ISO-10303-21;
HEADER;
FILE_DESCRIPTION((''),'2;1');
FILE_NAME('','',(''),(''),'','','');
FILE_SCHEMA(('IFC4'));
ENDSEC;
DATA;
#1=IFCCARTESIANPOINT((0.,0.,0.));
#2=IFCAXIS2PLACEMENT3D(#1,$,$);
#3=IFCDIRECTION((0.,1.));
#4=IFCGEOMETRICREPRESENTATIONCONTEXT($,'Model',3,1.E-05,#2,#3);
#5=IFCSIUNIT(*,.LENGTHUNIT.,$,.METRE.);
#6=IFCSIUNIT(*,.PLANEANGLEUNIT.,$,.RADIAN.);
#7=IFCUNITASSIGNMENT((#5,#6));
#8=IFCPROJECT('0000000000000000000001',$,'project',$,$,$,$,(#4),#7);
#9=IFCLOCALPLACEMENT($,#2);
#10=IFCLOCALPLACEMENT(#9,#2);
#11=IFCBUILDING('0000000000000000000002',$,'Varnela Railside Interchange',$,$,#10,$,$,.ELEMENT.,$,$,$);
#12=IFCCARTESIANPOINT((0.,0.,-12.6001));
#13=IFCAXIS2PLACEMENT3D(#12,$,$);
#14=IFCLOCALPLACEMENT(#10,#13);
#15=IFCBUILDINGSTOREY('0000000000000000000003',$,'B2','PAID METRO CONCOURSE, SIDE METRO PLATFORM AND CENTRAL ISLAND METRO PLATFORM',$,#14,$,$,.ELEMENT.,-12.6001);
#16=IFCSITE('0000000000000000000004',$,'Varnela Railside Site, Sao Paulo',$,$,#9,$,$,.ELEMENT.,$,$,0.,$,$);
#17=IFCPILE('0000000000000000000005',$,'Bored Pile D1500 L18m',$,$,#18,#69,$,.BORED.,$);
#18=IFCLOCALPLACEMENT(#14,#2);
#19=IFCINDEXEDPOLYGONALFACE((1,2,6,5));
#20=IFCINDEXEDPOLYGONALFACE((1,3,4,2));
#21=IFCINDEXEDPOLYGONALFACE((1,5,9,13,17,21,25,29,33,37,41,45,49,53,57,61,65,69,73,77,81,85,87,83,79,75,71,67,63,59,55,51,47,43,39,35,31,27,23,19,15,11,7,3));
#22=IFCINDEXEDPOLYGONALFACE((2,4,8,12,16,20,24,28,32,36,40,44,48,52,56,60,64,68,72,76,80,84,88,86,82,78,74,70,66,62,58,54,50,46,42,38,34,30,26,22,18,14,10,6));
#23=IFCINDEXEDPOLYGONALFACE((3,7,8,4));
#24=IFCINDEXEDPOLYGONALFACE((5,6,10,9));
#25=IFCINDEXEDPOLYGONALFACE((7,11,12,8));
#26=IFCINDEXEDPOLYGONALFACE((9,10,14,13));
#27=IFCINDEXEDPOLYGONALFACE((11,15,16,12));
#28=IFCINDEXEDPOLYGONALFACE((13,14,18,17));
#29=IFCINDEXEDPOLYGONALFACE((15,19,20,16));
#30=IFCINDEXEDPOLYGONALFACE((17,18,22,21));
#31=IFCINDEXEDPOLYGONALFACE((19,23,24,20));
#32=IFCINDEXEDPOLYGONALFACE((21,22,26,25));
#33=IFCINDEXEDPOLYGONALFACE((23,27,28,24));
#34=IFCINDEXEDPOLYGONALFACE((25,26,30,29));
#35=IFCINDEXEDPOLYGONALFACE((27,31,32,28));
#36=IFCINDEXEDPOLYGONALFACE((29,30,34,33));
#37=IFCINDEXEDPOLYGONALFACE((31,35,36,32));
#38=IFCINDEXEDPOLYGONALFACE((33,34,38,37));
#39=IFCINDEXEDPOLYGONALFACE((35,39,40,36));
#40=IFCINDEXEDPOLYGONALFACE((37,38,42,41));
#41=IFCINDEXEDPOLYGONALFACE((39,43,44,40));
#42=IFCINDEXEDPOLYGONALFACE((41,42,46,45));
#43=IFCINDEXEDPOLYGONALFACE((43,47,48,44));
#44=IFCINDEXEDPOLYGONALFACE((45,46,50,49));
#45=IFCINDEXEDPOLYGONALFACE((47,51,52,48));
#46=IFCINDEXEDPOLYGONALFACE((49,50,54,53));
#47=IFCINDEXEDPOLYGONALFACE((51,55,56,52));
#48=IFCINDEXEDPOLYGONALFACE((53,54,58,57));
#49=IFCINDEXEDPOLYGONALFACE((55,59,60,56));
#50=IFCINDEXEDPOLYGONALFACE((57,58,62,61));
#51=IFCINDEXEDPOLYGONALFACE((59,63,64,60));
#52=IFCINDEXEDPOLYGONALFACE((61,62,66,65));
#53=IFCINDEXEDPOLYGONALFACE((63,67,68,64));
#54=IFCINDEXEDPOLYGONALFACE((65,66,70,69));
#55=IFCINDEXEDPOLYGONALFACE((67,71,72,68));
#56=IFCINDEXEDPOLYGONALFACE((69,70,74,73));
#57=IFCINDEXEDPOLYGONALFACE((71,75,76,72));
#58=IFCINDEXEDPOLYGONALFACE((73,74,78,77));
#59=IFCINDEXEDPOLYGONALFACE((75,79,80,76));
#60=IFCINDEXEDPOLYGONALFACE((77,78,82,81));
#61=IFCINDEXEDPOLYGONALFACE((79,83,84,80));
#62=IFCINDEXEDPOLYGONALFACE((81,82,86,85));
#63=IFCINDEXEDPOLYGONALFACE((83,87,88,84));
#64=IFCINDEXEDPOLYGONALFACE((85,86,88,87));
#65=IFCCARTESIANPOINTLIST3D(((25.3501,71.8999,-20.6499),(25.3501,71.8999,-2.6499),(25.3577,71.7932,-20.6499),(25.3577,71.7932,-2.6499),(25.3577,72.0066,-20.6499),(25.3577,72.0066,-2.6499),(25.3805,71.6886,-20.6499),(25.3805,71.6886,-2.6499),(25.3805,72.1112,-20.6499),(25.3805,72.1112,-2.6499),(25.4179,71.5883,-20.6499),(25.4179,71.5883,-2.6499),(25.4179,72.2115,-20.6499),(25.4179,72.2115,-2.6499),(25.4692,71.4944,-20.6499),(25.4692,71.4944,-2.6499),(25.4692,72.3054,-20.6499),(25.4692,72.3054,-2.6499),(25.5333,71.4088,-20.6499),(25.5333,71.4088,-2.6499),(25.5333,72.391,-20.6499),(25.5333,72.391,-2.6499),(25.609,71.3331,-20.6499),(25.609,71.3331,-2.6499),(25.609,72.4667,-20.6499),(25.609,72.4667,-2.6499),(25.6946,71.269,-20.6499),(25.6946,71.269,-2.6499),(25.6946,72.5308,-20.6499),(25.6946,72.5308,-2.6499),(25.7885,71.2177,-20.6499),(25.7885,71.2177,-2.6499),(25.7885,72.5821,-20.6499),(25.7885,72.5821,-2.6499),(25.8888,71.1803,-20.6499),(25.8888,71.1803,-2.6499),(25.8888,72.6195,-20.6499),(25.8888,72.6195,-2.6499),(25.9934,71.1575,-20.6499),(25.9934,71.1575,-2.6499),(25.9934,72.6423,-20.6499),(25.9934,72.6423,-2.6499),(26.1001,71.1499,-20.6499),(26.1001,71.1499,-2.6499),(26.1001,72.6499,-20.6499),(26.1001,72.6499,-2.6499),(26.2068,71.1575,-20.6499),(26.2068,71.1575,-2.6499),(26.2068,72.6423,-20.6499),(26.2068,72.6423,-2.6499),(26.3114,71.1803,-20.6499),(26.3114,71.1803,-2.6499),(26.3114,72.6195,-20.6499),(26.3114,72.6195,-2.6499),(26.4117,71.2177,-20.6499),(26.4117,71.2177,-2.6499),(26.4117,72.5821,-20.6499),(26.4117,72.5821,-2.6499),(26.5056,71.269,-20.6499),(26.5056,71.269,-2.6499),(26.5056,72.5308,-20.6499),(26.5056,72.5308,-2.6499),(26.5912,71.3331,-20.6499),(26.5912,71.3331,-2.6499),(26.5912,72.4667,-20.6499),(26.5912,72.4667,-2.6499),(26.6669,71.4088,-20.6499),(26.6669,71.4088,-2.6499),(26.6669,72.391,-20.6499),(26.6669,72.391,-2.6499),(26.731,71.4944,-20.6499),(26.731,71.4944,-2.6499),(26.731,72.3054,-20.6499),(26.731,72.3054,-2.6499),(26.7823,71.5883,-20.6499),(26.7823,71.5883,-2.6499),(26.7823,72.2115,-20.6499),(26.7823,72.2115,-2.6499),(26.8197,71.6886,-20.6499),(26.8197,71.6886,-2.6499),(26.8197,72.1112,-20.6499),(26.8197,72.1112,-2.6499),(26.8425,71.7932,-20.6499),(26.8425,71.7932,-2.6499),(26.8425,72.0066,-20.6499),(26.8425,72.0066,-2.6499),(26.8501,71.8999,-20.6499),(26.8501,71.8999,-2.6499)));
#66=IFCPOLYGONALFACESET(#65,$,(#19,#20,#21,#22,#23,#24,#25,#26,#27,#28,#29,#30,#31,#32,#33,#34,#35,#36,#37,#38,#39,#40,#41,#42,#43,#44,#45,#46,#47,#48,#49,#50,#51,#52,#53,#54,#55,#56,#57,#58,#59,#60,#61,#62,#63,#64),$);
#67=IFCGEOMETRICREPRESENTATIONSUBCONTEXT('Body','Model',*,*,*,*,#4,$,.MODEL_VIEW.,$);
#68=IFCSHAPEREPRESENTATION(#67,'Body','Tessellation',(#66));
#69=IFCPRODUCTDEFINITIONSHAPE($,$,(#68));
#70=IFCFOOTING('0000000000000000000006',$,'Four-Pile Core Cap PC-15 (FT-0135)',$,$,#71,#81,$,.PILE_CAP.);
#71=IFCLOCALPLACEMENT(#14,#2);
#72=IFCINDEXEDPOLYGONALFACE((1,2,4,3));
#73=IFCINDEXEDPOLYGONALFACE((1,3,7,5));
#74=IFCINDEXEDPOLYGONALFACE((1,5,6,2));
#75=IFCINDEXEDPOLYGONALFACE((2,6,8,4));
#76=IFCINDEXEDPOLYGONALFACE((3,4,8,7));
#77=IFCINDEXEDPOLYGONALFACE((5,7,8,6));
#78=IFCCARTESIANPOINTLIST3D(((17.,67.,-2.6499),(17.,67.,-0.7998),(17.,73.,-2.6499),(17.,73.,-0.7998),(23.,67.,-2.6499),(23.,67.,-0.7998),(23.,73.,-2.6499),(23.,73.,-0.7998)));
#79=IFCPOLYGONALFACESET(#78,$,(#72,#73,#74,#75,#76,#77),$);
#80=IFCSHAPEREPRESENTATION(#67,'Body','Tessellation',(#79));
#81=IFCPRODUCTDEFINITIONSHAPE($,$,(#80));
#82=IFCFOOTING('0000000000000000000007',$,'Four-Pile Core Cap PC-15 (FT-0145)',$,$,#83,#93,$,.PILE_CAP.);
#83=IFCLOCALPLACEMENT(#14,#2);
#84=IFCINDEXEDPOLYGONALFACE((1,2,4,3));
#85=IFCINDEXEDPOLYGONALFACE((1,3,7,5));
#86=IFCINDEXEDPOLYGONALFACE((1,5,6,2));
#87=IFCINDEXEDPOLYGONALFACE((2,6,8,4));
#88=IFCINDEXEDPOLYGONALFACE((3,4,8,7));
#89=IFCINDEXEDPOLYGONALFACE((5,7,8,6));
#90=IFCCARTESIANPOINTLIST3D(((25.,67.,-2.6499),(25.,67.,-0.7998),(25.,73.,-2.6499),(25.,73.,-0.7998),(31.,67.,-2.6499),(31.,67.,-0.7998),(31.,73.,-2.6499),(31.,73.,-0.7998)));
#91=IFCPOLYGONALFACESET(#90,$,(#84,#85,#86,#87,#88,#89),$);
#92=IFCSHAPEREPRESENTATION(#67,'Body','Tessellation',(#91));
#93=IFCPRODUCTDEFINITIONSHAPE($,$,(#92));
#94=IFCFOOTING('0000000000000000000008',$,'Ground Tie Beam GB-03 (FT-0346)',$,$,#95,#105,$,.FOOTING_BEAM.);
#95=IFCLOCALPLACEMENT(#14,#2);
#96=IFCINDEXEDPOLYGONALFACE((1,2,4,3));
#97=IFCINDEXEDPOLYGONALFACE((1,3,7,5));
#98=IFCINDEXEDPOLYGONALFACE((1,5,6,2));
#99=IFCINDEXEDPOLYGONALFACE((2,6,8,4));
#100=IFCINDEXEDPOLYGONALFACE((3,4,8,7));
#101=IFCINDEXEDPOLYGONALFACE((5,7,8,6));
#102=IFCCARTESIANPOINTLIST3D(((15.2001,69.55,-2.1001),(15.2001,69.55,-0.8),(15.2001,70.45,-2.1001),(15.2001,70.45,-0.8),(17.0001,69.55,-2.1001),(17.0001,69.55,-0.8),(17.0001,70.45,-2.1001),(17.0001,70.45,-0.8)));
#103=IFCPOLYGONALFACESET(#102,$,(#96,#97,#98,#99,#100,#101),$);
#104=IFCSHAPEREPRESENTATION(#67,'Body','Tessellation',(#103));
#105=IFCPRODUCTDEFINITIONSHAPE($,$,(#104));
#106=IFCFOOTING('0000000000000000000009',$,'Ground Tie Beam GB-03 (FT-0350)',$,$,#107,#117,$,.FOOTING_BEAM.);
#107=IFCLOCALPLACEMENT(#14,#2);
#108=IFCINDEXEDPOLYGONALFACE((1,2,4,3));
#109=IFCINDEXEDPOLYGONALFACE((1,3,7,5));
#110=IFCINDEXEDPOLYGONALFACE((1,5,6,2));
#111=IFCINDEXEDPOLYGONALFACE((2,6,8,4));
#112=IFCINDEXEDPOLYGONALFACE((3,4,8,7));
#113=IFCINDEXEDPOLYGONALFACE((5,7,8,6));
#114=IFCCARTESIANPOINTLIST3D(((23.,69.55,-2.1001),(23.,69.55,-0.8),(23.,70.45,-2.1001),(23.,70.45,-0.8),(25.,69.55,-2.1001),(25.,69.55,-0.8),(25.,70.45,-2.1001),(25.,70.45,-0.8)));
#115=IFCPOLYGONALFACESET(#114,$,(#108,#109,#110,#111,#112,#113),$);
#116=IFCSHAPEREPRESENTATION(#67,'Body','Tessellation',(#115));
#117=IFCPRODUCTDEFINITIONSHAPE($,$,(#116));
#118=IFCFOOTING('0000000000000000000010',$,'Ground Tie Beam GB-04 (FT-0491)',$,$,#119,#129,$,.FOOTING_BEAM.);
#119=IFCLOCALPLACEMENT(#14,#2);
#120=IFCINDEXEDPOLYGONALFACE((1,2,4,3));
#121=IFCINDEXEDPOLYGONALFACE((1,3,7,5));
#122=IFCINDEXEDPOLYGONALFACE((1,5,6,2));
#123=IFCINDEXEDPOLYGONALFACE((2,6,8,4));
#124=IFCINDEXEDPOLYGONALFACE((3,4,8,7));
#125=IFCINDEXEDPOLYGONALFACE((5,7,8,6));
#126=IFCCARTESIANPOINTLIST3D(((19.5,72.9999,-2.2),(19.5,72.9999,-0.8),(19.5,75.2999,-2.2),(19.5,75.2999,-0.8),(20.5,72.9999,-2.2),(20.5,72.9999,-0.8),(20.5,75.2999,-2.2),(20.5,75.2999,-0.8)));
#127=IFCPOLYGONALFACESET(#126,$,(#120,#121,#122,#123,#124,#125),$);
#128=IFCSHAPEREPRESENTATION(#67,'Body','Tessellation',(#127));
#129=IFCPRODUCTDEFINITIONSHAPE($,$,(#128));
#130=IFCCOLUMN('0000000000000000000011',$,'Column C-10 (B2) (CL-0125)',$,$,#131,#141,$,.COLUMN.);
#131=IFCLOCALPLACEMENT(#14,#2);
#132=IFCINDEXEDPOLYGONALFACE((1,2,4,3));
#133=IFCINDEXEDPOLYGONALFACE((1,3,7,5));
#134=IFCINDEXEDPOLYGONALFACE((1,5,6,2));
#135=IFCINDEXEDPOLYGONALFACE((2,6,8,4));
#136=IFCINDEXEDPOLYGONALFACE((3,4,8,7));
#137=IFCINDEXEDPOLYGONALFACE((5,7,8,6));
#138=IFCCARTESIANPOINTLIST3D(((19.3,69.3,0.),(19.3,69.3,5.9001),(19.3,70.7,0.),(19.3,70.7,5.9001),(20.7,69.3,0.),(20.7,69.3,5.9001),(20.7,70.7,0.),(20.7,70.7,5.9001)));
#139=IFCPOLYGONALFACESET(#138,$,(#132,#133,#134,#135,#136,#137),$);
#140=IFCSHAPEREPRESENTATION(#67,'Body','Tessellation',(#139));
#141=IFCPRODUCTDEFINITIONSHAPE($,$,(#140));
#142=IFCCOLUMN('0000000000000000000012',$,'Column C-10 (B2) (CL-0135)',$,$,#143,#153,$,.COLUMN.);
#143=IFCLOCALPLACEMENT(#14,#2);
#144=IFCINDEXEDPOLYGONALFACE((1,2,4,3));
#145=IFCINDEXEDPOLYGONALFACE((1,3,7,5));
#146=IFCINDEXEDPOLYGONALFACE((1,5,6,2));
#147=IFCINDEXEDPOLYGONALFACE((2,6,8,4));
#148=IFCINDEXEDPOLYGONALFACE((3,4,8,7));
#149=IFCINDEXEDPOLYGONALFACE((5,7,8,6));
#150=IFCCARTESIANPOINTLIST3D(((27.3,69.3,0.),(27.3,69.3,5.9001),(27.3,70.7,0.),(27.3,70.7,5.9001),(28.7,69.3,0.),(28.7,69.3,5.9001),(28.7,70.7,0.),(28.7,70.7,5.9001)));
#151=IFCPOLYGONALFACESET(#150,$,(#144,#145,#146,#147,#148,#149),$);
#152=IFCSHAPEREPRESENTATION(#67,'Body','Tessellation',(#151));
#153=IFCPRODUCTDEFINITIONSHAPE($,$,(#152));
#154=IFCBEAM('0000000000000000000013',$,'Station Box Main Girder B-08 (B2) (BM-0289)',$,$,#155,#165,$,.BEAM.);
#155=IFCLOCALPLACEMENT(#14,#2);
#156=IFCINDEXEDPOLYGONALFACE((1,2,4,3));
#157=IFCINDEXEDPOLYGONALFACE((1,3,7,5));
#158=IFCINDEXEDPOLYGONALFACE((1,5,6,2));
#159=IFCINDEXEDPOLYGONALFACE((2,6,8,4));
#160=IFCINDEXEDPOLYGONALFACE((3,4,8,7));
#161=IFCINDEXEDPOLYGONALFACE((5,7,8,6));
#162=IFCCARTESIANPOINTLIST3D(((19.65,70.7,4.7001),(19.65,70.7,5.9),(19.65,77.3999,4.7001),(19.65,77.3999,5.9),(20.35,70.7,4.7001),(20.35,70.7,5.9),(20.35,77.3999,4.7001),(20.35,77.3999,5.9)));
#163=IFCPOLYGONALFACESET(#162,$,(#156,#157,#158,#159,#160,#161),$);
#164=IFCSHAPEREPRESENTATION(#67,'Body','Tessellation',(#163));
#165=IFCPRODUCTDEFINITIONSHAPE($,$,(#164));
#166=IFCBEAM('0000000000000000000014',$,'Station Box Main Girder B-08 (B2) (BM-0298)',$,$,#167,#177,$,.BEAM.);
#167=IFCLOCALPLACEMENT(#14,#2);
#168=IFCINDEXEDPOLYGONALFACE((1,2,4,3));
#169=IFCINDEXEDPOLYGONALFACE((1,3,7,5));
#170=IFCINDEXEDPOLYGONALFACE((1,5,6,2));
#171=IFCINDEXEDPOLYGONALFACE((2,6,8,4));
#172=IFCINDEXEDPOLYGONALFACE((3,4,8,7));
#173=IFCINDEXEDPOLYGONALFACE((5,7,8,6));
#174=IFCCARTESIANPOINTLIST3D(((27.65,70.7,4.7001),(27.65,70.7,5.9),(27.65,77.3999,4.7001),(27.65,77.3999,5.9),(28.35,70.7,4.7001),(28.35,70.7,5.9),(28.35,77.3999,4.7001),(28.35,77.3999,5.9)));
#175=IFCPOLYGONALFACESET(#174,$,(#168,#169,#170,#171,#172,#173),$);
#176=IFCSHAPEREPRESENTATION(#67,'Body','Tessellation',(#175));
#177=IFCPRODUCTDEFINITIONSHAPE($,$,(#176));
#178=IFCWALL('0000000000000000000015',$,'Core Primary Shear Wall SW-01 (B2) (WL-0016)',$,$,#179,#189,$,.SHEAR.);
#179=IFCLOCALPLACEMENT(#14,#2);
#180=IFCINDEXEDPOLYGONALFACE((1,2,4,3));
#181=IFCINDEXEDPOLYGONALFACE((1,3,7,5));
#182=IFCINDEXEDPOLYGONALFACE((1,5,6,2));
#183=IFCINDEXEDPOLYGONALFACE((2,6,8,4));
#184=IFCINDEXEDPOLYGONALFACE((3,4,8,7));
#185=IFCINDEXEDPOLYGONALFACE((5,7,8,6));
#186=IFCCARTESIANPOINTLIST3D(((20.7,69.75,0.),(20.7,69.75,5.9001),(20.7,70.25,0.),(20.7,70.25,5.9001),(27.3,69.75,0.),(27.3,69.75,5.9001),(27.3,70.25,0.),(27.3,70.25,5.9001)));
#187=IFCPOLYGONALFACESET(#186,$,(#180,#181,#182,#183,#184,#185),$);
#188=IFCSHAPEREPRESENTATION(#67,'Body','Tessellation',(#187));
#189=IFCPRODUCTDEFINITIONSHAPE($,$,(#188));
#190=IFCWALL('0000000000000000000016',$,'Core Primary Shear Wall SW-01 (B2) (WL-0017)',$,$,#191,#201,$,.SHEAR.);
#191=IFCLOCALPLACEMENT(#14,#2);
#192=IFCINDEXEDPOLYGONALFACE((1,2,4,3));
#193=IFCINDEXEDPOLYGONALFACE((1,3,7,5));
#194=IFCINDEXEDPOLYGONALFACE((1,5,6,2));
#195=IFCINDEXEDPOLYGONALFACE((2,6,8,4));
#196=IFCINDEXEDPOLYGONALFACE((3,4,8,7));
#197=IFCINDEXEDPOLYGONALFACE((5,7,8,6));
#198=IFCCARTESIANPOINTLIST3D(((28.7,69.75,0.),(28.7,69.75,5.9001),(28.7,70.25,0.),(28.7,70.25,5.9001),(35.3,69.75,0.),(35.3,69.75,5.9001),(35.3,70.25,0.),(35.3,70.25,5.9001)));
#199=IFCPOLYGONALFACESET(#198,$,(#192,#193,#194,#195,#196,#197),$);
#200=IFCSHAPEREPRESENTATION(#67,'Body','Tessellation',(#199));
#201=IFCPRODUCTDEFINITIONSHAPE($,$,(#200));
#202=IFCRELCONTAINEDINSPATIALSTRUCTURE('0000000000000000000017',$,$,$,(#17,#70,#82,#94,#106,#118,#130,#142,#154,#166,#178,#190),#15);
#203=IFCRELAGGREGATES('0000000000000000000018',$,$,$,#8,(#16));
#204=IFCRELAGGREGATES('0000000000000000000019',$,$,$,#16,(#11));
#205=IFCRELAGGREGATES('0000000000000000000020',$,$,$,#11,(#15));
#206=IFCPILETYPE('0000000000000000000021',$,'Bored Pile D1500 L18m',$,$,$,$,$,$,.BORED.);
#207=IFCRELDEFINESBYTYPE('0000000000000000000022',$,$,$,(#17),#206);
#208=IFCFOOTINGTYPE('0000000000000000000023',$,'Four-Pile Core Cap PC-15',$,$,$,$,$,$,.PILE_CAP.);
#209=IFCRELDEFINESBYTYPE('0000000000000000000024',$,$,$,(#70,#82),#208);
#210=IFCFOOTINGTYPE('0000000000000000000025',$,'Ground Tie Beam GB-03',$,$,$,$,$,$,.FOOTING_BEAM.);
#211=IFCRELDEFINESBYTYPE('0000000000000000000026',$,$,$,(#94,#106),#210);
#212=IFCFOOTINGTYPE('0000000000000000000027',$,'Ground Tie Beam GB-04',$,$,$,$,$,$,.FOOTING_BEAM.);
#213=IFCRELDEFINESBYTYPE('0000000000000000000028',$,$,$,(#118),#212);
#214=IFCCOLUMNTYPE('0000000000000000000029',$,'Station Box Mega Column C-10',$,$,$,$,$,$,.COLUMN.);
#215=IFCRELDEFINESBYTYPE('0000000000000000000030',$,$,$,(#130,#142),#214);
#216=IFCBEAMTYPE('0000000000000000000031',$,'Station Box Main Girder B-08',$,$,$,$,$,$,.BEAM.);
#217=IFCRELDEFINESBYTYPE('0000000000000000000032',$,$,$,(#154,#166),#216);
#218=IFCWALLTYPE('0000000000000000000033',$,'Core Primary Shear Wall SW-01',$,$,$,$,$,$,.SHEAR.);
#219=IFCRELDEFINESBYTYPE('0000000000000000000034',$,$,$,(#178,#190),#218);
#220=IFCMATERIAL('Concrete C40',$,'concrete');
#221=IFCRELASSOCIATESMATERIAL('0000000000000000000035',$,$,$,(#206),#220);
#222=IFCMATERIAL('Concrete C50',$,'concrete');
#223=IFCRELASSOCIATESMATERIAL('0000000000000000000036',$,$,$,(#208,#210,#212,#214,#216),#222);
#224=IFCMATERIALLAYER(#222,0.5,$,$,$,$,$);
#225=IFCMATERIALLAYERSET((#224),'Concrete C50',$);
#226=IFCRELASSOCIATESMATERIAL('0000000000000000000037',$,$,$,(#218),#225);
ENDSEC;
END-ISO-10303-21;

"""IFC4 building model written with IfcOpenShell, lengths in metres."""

from ifc_helpers import new_model, si_unit, direction, frame, frame_2d, origin, origin_2d, place, context, subcontext, project, spatial, rectangle, circle, extrude, material, layer, layer_set, material_profile, profile_set, type_object, element, save


model = new_model("IFC4")

# Units and contexts
model_context = context("Model", 3, precision=1e-05, world=origin(), true_north=direction((0.0, 1.0)))
body_context = subcontext(model_context, "Body", "Model", "MODEL_VIEW")
ifc_project = project(units=[si_unit("LENGTHUNIT", "METRE"), si_unit("PLANEANGLEUNIT", "RADIAN")], contexts=[model_context])

# Site, building, storey
site_placement = place(None, origin())
site = spatial("IfcSite", under=ifc_project, at=site_placement, Name="Varnela Railside Site, Sao Paulo", CompositionType="ELEMENT", RefElevation=0.0)
building_placement = place(site_placement, origin())
building = spatial("IfcBuilding", under=site, at=building_placement, Name="Varnela Railside Interchange", CompositionType="ELEMENT")
storey_placement = place(building_placement, frame((0.0, 0.0, -12.6001)))
storey = spatial("IfcBuildingStorey", under=building, at=storey_placement, Name="B2", Description="PAID METRO CONCOURSE, SIDE METRO PLATFORM AND CENTRAL ISLAND METRO PLATFORM", CompositionType="ELEMENT", Elevation=-12.6001)

# Pile
ifc_material_1 = material(Name="Concrete C40", Category="concrete")
ifc_material_profile_1 = material_profile(ifc_material_1, circle(Radius=0.75, at=origin_2d()), Name="BORED PILE D1500")
ifc_profile_set_1 = profile_set([ifc_material_profile_1], Name="Concrete C40")
pile_type = type_object("IfcPileType", Name="Bored Pile D1500 L18m", PredefinedType="BORED", material=ifc_profile_set_1)
for number, where, z_axis, x_axis, name in (
    (1, (26.1001, 71.8999, -2.6499), (0.0, 0.0, -1.0), (1.0, 0.0, 0.0), "Bored Pile D1500 L18m"),
):
    element("IfcPile", number, at=place(storey_placement, frame(where, z_axis=z_axis, x_axis=x_axis)), inside=storey, type_object=pile_type, Name=name, PredefinedType="BORED", context=body_context, shape_type="SweptSolid", body=[
        extrude(circle(Radius=0.75, at=origin_2d()), origin(), (0.0, 0.0, 1.0), 18.0),
    ])

# Footings
ifc_material_2 = material(Name="Concrete C50", Category="concrete")
footing_type_1 = type_object("IfcFootingType", Name="Four-Pile Core Cap PC-15", PredefinedType="PILE_CAP", material=ifc_material_2)
for number, where, z_axis, x_axis, name in (
    (2, (20.0, 70.0, -2.6499), (0.0, 0.0, 1.0), (1.0, 0.0, 0.0), "Four-Pile Core Cap PC-15 (FT-0135)"),
    (3, (28.0, 70.0, -2.6499), (0.0, 0.0, 1.0), (1.0, 0.0, 0.0), "Four-Pile Core Cap PC-15 (FT-0145)"),
):
    element("IfcFooting", number, at=place(storey_placement, frame(where, z_axis=z_axis, x_axis=x_axis)), inside=storey, type_object=footing_type_1, Name=name, PredefinedType="PILE_CAP", context=body_context, shape_type="SweptSolid", body=[
        extrude(rectangle(XDim=6.0, YDim=6.0, at=origin_2d()), origin(), (0.0, 0.0, 1.0), 1.8501),
    ])
footing_type_2 = type_object("IfcFootingType", Name="Ground Tie Beam GB-03", PredefinedType="FOOTING_BEAM", material=ifc_material_2)
footing_1_placement = place(storey_placement, frame((16.1001, 70.0, -2.1001), z_axis=(0.0, 0.0, 1.0), x_axis=(1.0, 0.0, 0.0)))
element("IfcFooting", 4, at=footing_1_placement, inside=storey, type_object=footing_type_2, Name="Ground Tie Beam GB-03 (FT-0346)", PredefinedType="FOOTING_BEAM", context=body_context, shape_type="SweptSolid", body=[
    extrude(rectangle(XDim=1.8, YDim=0.8999, at=origin_2d()), origin(), (0.0, 0.0, 1.0), 1.3),
])
footing_2_placement = place(storey_placement, frame((24.0, 70.0, -2.1001), z_axis=(0.0, 0.0, 1.0), x_axis=(1.0, 0.0, 0.0)))
element("IfcFooting", 5, at=footing_2_placement, inside=storey, type_object=footing_type_2, Name="Ground Tie Beam GB-03 (FT-0350)", PredefinedType="FOOTING_BEAM", context=body_context, shape_type="SweptSolid", body=[
    extrude(rectangle(XDim=2.0, YDim=0.8999, at=origin_2d()), origin(), (0.0, 0.0, 1.0), 1.3),
])
footing_type_3 = type_object("IfcFootingType", Name="Ground Tie Beam GB-04", PredefinedType="FOOTING_BEAM", material=ifc_material_2)
footing_3_placement = place(storey_placement, frame((20.0, 74.1499, -2.2), z_axis=(0.0, 0.0, 1.0), x_axis=(1.0, 0.0, 0.0)))
element("IfcFooting", 6, at=footing_3_placement, inside=storey, type_object=footing_type_3, Name="Ground Tie Beam GB-04 (FT-0491)", PredefinedType="FOOTING_BEAM", context=body_context, shape_type="SweptSolid", body=[
    extrude(rectangle(XDim=1.0, YDim=2.3, at=origin_2d()), origin(), (0.0, 0.0, 1.0), 1.3999),
])

# Columns
ifc_material_profile_2 = material_profile(ifc_material_2, rectangle(XDim=1.3999, YDim=1.3999, at=origin_2d()), Name="RC 1400x1400")
ifc_profile_set_2 = profile_set([ifc_material_profile_2], Name="Concrete C50")
column_type = type_object("IfcColumnType", Name="Station Box Mega Column C-10", PredefinedType="COLUMN", material=ifc_profile_set_2)
for number, where, z_axis, x_axis, name in (
    (7, (20.0, 70.0, 0.0), (0.0, 0.0, 1.0), (1.0, 0.0, 0.0), "Column C-10 (B2) (CL-0125)"),
    (8, (28.0, 70.0, 0.0), (0.0, 0.0, 1.0), (1.0, 0.0, 0.0), "Column C-10 (B2) (CL-0135)"),
):
    element("IfcColumn", number, at=place(storey_placement, frame(where, z_axis=z_axis, x_axis=x_axis)), inside=storey, type_object=column_type, Name=name, PredefinedType="COLUMN", context=body_context, shape_type="SweptSolid", body=[
        extrude(rectangle(XDim=1.3999, YDim=1.3999, at=origin_2d()), origin(), (0.0, 0.0, 1.0), 5.9001),
    ])

# Beams
ifc_material_profile_3 = material_profile(ifc_material_2, rectangle(XDim=0.7, YDim=1.2, at=origin_2d()), Name="RC 700x1200")
ifc_profile_set_3 = profile_set([ifc_material_profile_3], Name="Concrete C50")
beam_type = type_object("IfcBeamType", Name="Station Box Main Girder B-08", PredefinedType="BEAM", material=ifc_profile_set_3)
for number, where, z_axis, x_axis, name in (
    (9, (20.0, 70.7, 5.3), (0.0, 1.0, 0.0), (-1.0, 0.0, 0.0), "Station Box Main Girder B-08 (B2) (BM-0289)"),
    (10, (28.0, 70.7, 5.3), (0.0, 1.0, 0.0), (-1.0, 0.0, 0.0), "Station Box Main Girder B-08 (B2) (BM-0298)"),
):
    element("IfcBeam", number, at=place(storey_placement, frame(where, z_axis=z_axis, x_axis=x_axis)), inside=storey, type_object=beam_type, Name=name, PredefinedType="BEAM", context=body_context, shape_type="SweptSolid", body=[
        extrude(rectangle(XDim=0.7, YDim=1.2, at=origin_2d()), origin(), (0.0, 0.0, 1.0), 6.7),
    ])

# Walls
ifc_layer = layer(ifc_material_2, 0.5)
ifc_layer_set = layer_set([ifc_layer], Name="Concrete C50")
wall_type = type_object("IfcWallType", Name="Core Primary Shear Wall SW-01", PredefinedType="SHEAR", material=ifc_layer_set)
for number, where, z_axis, x_axis, name in (
    (11, (20.7, 70.0, 0.0), (0.0, 0.0, 1.0), (1.0, 0.0, 0.0), "Core Primary Shear Wall SW-01 (B2) (WL-0016)"),
    (12, (28.7, 70.0, 0.0), (0.0, 0.0, 1.0), (1.0, 0.0, 0.0), "Core Primary Shear Wall SW-01 (B2) (WL-0017)"),
):
    element("IfcWall", number, at=place(storey_placement, frame(where, z_axis=z_axis, x_axis=x_axis)), inside=storey, type_object=wall_type, Name=name, PredefinedType="SHEAR", context=body_context, shape_type="SweptSolid", body=[
        extrude(rectangle(XDim=6.6001, YDim=0.5, at=frame_2d((3.3, 0.0))), origin(), (0.0, 0.0, 1.0), 5.9001),
    ])

save(model, "model.ifc")
